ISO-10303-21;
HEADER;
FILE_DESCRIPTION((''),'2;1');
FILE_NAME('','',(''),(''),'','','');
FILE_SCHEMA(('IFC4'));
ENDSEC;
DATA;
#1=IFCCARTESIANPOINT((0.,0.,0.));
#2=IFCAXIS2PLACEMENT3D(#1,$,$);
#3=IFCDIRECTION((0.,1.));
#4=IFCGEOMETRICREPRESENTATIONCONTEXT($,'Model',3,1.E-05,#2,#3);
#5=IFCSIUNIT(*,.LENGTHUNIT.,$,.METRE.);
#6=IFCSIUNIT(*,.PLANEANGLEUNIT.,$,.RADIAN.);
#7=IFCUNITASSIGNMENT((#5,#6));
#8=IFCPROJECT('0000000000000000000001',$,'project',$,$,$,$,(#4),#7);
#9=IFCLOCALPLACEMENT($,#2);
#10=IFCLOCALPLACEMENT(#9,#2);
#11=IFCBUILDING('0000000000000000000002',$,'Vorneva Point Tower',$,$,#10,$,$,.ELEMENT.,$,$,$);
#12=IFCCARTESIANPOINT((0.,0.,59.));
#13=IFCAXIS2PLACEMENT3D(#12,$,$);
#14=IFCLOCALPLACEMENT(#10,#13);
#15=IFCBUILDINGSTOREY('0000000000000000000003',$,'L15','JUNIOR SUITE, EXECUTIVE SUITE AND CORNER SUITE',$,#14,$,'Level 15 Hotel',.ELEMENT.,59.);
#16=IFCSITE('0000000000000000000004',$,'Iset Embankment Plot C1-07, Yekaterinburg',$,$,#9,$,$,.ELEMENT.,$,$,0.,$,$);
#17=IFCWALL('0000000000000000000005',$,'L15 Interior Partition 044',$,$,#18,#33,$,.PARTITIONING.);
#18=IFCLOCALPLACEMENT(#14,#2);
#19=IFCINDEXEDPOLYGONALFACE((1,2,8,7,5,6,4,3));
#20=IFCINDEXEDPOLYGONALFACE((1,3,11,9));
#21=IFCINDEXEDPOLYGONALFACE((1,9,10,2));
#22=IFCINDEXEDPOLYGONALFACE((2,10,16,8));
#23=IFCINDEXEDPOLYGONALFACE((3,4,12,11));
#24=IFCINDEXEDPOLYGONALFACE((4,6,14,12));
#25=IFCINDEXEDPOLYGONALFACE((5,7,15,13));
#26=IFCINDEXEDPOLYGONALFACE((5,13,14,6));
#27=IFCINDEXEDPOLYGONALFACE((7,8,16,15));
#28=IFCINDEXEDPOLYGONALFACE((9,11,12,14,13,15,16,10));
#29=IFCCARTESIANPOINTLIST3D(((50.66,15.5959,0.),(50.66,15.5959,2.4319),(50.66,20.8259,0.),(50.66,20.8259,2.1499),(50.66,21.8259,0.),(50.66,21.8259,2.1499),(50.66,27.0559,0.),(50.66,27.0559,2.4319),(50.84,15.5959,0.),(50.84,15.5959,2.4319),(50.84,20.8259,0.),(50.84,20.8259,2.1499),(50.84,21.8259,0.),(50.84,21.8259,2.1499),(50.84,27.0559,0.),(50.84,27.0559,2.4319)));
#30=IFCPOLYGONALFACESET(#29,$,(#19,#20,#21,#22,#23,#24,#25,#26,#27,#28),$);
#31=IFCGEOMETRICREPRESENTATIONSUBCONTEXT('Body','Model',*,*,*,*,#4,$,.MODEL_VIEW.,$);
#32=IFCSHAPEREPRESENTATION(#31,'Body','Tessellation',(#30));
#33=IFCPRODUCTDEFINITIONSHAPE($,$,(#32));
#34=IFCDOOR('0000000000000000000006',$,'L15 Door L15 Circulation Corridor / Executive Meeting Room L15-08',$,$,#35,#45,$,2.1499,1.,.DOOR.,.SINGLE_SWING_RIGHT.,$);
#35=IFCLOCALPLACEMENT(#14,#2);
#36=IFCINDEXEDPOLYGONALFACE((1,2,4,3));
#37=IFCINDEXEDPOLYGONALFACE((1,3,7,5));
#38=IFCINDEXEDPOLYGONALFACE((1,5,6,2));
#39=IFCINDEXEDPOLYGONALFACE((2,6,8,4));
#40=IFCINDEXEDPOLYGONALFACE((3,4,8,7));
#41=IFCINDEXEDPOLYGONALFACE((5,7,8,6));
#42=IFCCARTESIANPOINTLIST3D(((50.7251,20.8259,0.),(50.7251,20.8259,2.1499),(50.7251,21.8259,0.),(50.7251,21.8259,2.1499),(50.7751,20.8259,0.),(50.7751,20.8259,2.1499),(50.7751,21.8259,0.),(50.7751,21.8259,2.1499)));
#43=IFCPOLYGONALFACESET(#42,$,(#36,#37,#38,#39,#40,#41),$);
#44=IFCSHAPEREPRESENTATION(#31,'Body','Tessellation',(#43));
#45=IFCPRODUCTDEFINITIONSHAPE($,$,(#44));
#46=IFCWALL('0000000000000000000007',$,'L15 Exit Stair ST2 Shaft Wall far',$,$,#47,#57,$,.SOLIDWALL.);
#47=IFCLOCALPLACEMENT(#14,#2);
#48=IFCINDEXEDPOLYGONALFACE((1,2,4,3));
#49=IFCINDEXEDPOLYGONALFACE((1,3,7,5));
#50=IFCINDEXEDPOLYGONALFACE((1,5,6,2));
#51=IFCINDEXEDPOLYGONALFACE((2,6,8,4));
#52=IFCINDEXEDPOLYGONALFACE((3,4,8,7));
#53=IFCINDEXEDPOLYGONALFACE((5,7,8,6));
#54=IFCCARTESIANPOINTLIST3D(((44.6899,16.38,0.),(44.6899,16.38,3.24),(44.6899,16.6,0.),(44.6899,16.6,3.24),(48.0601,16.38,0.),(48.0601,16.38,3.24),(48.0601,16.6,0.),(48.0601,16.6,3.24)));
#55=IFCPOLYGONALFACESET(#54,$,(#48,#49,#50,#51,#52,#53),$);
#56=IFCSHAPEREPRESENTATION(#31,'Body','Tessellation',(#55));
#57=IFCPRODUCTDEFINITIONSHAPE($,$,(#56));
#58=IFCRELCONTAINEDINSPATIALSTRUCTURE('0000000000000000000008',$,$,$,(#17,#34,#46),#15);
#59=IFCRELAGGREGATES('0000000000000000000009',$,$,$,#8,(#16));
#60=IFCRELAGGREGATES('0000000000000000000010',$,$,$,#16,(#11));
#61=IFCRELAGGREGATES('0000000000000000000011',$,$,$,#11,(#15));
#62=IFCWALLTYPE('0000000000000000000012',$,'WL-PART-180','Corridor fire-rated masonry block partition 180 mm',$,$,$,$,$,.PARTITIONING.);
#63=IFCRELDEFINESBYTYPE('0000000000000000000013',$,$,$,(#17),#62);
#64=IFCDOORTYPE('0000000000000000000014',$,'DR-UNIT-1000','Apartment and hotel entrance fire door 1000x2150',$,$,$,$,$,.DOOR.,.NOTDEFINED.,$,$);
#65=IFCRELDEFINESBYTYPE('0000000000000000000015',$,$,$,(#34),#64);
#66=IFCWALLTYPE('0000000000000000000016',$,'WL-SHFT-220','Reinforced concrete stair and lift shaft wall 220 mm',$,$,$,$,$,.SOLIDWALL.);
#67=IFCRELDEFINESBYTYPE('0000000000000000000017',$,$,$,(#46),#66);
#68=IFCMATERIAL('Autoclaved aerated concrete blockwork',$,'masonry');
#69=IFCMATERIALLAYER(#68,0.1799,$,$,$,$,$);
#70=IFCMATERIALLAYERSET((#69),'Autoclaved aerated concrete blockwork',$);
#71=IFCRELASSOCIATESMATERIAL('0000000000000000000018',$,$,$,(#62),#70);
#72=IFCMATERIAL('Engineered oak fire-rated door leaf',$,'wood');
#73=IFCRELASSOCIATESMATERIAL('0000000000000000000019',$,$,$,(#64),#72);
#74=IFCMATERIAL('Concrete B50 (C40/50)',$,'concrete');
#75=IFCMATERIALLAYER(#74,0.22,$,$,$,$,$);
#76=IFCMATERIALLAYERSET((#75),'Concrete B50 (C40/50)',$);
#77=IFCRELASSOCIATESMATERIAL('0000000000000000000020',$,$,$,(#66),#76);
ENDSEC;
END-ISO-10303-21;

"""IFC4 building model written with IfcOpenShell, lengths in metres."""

from ifc_helpers import new_model, si_unit, direction, frame, frame_2d, origin, place, context, subcontext, project, spatial, rectangle, extrude, material, layer, layer_set, type_object, element, fill, save


model = new_model("IFC4")

# Units and contexts
model_context = context("Model", 3, precision=1e-05, world=origin(), true_north=direction((0.0, 1.0)))
body_context = subcontext(model_context, "Body", "Model", "MODEL_VIEW")
ifc_project = project(units=[si_unit("LENGTHUNIT", "METRE"), si_unit("PLANEANGLEUNIT", "RADIAN")], contexts=[model_context])

# Site, building, storey
site_placement = place(None, origin())
site = spatial("IfcSite", under=ifc_project, at=site_placement, Name="Iset Embankment Plot C1-07, Yekaterinburg", CompositionType="ELEMENT", RefElevation=0.0)
building_placement = place(site_placement, origin())
building = spatial("IfcBuilding", under=site, at=building_placement, Name="Vorneva Point Tower", CompositionType="ELEMENT")
storey_placement = place(building_placement, frame((0.0, 0.0, 59.0)))
storey = spatial("IfcBuildingStorey", under=building, at=storey_placement, Name="L15", Description="JUNIOR SUITE, EXECUTIVE SUITE AND CORNER SUITE", LongName="Level 15 Hotel", CompositionType="ELEMENT", Elevation=59.0)

# Shared definitions
ifc_material_1 = material(Name="Autoclaved aerated concrete blockwork", Category="masonry")
ifc_layer_1 = layer(ifc_material_1, 0.1799)
ifc_layer_set_1 = layer_set([ifc_layer_1], Name="Autoclaved aerated concrete blockwork")
wall_type_1 = type_object("IfcWallType", Name="WL-PART-180", Description="Corridor fire-rated masonry block partition 180 mm", PredefinedType="PARTITIONING", material=ifc_layer_set_1)

# Wall, opening, door
wall_1_placement = place(storey_placement, frame((50.75, 15.5959, 0.0), z_axis=(0.0, 0.0, 1.0), x_axis=(0.0, 1.0, 0.0)))
wall_1 = element("IfcWall", 1, at=wall_1_placement, inside=storey, type_object=wall_type_1, Name="L15 Interior Partition 044", PredefinedType="PARTITIONING", context=body_context, shape_type="SweptSolid", body=[
    extrude(rectangle(XDim=11.46, YDim=0.1799, at=frame_2d((5.73, 0.0))), origin(), (0.0, 0.0, 1.0), 2.4319),
])
opening_1_placement = place(wall_1_placement, frame((5.23, 0.0, 0.0)))
opening_1 = element("IfcOpeningElement", 2, at=opening_1_placement, cuts=wall_1, PredefinedType="OPENING", context=body_context, shape_type="SweptSolid", body=[
    extrude(rectangle(XDim=1.0, YDim=2.1499, at=frame_2d((0.5, 1.075))), frame((0.0, 0.105, 0.0), z_axis=(0.0, -1.0, 0.0), x_axis=(1.0, 0.0, 0.0)), (0.0, 0.0, 1.0), 0.2097),
])
ifc_material_2 = material(Name="Engineered oak fire-rated door leaf", Category="wood")
door_type = type_object("IfcDoorType", Name="DR-UNIT-1000", Description="Apartment and hotel entrance fire door 1000x2150", OperationType="NOTDEFINED", PredefinedType="DOOR", material=ifc_material_2)
door_placement = place(opening_1_placement, origin())
door = element("IfcDoor", 3, at=door_placement, inside=storey, type_object=door_type, Name="L15 Door L15 Circulation Corridor / Executive Meeting Room L15-08", OperationType="SINGLE_SWING_RIGHT", OverallHeight=2.1499, OverallWidth=1.0, PredefinedType="DOOR", context=body_context, shape_type="SweptSolid", body=[
    extrude(rectangle(XDim=1.0, YDim=2.1499, at=frame_2d((0.5, 1.075))), frame((0.0, 0.0249, 0.0), z_axis=(0.0, -1.0, 0.0), x_axis=(1.0, 0.0, 0.0)), (0.0, 0.0, 1.0), 0.05),
])
fill(opening_1, door)

# Wall
ifc_material_3 = material(Name="Concrete B50 (C40/50)", Category="concrete")
ifc_layer_2 = layer(ifc_material_3, 0.22)
ifc_layer_set_2 = layer_set([ifc_layer_2], Name="Concrete B50 (C40/50)")
wall_type_2 = type_object("IfcWallType", Name="WL-SHFT-220", Description="Reinforced concrete stair and lift shaft wall 220 mm", PredefinedType="SOLIDWALL", material=ifc_layer_set_2)
wall_2_placement = place(storey_placement, frame((48.0601, 16.49, 0.0), z_axis=(0.0, 0.0, 1.0), x_axis=(-1.0, 0.0, 0.0)))
element("IfcWall", 4, at=wall_2_placement, inside=storey, type_object=wall_type_2, Name="L15 Exit Stair ST2 Shaft Wall far", PredefinedType="SOLIDWALL", context=body_context, shape_type="SweptSolid", body=[
    extrude(rectangle(XDim=3.3701, YDim=0.22, at=frame_2d((1.6851, 0.0))), origin(), (0.0, 0.0, 1.0), 3.24),
])

save(model, "model.ifc")
